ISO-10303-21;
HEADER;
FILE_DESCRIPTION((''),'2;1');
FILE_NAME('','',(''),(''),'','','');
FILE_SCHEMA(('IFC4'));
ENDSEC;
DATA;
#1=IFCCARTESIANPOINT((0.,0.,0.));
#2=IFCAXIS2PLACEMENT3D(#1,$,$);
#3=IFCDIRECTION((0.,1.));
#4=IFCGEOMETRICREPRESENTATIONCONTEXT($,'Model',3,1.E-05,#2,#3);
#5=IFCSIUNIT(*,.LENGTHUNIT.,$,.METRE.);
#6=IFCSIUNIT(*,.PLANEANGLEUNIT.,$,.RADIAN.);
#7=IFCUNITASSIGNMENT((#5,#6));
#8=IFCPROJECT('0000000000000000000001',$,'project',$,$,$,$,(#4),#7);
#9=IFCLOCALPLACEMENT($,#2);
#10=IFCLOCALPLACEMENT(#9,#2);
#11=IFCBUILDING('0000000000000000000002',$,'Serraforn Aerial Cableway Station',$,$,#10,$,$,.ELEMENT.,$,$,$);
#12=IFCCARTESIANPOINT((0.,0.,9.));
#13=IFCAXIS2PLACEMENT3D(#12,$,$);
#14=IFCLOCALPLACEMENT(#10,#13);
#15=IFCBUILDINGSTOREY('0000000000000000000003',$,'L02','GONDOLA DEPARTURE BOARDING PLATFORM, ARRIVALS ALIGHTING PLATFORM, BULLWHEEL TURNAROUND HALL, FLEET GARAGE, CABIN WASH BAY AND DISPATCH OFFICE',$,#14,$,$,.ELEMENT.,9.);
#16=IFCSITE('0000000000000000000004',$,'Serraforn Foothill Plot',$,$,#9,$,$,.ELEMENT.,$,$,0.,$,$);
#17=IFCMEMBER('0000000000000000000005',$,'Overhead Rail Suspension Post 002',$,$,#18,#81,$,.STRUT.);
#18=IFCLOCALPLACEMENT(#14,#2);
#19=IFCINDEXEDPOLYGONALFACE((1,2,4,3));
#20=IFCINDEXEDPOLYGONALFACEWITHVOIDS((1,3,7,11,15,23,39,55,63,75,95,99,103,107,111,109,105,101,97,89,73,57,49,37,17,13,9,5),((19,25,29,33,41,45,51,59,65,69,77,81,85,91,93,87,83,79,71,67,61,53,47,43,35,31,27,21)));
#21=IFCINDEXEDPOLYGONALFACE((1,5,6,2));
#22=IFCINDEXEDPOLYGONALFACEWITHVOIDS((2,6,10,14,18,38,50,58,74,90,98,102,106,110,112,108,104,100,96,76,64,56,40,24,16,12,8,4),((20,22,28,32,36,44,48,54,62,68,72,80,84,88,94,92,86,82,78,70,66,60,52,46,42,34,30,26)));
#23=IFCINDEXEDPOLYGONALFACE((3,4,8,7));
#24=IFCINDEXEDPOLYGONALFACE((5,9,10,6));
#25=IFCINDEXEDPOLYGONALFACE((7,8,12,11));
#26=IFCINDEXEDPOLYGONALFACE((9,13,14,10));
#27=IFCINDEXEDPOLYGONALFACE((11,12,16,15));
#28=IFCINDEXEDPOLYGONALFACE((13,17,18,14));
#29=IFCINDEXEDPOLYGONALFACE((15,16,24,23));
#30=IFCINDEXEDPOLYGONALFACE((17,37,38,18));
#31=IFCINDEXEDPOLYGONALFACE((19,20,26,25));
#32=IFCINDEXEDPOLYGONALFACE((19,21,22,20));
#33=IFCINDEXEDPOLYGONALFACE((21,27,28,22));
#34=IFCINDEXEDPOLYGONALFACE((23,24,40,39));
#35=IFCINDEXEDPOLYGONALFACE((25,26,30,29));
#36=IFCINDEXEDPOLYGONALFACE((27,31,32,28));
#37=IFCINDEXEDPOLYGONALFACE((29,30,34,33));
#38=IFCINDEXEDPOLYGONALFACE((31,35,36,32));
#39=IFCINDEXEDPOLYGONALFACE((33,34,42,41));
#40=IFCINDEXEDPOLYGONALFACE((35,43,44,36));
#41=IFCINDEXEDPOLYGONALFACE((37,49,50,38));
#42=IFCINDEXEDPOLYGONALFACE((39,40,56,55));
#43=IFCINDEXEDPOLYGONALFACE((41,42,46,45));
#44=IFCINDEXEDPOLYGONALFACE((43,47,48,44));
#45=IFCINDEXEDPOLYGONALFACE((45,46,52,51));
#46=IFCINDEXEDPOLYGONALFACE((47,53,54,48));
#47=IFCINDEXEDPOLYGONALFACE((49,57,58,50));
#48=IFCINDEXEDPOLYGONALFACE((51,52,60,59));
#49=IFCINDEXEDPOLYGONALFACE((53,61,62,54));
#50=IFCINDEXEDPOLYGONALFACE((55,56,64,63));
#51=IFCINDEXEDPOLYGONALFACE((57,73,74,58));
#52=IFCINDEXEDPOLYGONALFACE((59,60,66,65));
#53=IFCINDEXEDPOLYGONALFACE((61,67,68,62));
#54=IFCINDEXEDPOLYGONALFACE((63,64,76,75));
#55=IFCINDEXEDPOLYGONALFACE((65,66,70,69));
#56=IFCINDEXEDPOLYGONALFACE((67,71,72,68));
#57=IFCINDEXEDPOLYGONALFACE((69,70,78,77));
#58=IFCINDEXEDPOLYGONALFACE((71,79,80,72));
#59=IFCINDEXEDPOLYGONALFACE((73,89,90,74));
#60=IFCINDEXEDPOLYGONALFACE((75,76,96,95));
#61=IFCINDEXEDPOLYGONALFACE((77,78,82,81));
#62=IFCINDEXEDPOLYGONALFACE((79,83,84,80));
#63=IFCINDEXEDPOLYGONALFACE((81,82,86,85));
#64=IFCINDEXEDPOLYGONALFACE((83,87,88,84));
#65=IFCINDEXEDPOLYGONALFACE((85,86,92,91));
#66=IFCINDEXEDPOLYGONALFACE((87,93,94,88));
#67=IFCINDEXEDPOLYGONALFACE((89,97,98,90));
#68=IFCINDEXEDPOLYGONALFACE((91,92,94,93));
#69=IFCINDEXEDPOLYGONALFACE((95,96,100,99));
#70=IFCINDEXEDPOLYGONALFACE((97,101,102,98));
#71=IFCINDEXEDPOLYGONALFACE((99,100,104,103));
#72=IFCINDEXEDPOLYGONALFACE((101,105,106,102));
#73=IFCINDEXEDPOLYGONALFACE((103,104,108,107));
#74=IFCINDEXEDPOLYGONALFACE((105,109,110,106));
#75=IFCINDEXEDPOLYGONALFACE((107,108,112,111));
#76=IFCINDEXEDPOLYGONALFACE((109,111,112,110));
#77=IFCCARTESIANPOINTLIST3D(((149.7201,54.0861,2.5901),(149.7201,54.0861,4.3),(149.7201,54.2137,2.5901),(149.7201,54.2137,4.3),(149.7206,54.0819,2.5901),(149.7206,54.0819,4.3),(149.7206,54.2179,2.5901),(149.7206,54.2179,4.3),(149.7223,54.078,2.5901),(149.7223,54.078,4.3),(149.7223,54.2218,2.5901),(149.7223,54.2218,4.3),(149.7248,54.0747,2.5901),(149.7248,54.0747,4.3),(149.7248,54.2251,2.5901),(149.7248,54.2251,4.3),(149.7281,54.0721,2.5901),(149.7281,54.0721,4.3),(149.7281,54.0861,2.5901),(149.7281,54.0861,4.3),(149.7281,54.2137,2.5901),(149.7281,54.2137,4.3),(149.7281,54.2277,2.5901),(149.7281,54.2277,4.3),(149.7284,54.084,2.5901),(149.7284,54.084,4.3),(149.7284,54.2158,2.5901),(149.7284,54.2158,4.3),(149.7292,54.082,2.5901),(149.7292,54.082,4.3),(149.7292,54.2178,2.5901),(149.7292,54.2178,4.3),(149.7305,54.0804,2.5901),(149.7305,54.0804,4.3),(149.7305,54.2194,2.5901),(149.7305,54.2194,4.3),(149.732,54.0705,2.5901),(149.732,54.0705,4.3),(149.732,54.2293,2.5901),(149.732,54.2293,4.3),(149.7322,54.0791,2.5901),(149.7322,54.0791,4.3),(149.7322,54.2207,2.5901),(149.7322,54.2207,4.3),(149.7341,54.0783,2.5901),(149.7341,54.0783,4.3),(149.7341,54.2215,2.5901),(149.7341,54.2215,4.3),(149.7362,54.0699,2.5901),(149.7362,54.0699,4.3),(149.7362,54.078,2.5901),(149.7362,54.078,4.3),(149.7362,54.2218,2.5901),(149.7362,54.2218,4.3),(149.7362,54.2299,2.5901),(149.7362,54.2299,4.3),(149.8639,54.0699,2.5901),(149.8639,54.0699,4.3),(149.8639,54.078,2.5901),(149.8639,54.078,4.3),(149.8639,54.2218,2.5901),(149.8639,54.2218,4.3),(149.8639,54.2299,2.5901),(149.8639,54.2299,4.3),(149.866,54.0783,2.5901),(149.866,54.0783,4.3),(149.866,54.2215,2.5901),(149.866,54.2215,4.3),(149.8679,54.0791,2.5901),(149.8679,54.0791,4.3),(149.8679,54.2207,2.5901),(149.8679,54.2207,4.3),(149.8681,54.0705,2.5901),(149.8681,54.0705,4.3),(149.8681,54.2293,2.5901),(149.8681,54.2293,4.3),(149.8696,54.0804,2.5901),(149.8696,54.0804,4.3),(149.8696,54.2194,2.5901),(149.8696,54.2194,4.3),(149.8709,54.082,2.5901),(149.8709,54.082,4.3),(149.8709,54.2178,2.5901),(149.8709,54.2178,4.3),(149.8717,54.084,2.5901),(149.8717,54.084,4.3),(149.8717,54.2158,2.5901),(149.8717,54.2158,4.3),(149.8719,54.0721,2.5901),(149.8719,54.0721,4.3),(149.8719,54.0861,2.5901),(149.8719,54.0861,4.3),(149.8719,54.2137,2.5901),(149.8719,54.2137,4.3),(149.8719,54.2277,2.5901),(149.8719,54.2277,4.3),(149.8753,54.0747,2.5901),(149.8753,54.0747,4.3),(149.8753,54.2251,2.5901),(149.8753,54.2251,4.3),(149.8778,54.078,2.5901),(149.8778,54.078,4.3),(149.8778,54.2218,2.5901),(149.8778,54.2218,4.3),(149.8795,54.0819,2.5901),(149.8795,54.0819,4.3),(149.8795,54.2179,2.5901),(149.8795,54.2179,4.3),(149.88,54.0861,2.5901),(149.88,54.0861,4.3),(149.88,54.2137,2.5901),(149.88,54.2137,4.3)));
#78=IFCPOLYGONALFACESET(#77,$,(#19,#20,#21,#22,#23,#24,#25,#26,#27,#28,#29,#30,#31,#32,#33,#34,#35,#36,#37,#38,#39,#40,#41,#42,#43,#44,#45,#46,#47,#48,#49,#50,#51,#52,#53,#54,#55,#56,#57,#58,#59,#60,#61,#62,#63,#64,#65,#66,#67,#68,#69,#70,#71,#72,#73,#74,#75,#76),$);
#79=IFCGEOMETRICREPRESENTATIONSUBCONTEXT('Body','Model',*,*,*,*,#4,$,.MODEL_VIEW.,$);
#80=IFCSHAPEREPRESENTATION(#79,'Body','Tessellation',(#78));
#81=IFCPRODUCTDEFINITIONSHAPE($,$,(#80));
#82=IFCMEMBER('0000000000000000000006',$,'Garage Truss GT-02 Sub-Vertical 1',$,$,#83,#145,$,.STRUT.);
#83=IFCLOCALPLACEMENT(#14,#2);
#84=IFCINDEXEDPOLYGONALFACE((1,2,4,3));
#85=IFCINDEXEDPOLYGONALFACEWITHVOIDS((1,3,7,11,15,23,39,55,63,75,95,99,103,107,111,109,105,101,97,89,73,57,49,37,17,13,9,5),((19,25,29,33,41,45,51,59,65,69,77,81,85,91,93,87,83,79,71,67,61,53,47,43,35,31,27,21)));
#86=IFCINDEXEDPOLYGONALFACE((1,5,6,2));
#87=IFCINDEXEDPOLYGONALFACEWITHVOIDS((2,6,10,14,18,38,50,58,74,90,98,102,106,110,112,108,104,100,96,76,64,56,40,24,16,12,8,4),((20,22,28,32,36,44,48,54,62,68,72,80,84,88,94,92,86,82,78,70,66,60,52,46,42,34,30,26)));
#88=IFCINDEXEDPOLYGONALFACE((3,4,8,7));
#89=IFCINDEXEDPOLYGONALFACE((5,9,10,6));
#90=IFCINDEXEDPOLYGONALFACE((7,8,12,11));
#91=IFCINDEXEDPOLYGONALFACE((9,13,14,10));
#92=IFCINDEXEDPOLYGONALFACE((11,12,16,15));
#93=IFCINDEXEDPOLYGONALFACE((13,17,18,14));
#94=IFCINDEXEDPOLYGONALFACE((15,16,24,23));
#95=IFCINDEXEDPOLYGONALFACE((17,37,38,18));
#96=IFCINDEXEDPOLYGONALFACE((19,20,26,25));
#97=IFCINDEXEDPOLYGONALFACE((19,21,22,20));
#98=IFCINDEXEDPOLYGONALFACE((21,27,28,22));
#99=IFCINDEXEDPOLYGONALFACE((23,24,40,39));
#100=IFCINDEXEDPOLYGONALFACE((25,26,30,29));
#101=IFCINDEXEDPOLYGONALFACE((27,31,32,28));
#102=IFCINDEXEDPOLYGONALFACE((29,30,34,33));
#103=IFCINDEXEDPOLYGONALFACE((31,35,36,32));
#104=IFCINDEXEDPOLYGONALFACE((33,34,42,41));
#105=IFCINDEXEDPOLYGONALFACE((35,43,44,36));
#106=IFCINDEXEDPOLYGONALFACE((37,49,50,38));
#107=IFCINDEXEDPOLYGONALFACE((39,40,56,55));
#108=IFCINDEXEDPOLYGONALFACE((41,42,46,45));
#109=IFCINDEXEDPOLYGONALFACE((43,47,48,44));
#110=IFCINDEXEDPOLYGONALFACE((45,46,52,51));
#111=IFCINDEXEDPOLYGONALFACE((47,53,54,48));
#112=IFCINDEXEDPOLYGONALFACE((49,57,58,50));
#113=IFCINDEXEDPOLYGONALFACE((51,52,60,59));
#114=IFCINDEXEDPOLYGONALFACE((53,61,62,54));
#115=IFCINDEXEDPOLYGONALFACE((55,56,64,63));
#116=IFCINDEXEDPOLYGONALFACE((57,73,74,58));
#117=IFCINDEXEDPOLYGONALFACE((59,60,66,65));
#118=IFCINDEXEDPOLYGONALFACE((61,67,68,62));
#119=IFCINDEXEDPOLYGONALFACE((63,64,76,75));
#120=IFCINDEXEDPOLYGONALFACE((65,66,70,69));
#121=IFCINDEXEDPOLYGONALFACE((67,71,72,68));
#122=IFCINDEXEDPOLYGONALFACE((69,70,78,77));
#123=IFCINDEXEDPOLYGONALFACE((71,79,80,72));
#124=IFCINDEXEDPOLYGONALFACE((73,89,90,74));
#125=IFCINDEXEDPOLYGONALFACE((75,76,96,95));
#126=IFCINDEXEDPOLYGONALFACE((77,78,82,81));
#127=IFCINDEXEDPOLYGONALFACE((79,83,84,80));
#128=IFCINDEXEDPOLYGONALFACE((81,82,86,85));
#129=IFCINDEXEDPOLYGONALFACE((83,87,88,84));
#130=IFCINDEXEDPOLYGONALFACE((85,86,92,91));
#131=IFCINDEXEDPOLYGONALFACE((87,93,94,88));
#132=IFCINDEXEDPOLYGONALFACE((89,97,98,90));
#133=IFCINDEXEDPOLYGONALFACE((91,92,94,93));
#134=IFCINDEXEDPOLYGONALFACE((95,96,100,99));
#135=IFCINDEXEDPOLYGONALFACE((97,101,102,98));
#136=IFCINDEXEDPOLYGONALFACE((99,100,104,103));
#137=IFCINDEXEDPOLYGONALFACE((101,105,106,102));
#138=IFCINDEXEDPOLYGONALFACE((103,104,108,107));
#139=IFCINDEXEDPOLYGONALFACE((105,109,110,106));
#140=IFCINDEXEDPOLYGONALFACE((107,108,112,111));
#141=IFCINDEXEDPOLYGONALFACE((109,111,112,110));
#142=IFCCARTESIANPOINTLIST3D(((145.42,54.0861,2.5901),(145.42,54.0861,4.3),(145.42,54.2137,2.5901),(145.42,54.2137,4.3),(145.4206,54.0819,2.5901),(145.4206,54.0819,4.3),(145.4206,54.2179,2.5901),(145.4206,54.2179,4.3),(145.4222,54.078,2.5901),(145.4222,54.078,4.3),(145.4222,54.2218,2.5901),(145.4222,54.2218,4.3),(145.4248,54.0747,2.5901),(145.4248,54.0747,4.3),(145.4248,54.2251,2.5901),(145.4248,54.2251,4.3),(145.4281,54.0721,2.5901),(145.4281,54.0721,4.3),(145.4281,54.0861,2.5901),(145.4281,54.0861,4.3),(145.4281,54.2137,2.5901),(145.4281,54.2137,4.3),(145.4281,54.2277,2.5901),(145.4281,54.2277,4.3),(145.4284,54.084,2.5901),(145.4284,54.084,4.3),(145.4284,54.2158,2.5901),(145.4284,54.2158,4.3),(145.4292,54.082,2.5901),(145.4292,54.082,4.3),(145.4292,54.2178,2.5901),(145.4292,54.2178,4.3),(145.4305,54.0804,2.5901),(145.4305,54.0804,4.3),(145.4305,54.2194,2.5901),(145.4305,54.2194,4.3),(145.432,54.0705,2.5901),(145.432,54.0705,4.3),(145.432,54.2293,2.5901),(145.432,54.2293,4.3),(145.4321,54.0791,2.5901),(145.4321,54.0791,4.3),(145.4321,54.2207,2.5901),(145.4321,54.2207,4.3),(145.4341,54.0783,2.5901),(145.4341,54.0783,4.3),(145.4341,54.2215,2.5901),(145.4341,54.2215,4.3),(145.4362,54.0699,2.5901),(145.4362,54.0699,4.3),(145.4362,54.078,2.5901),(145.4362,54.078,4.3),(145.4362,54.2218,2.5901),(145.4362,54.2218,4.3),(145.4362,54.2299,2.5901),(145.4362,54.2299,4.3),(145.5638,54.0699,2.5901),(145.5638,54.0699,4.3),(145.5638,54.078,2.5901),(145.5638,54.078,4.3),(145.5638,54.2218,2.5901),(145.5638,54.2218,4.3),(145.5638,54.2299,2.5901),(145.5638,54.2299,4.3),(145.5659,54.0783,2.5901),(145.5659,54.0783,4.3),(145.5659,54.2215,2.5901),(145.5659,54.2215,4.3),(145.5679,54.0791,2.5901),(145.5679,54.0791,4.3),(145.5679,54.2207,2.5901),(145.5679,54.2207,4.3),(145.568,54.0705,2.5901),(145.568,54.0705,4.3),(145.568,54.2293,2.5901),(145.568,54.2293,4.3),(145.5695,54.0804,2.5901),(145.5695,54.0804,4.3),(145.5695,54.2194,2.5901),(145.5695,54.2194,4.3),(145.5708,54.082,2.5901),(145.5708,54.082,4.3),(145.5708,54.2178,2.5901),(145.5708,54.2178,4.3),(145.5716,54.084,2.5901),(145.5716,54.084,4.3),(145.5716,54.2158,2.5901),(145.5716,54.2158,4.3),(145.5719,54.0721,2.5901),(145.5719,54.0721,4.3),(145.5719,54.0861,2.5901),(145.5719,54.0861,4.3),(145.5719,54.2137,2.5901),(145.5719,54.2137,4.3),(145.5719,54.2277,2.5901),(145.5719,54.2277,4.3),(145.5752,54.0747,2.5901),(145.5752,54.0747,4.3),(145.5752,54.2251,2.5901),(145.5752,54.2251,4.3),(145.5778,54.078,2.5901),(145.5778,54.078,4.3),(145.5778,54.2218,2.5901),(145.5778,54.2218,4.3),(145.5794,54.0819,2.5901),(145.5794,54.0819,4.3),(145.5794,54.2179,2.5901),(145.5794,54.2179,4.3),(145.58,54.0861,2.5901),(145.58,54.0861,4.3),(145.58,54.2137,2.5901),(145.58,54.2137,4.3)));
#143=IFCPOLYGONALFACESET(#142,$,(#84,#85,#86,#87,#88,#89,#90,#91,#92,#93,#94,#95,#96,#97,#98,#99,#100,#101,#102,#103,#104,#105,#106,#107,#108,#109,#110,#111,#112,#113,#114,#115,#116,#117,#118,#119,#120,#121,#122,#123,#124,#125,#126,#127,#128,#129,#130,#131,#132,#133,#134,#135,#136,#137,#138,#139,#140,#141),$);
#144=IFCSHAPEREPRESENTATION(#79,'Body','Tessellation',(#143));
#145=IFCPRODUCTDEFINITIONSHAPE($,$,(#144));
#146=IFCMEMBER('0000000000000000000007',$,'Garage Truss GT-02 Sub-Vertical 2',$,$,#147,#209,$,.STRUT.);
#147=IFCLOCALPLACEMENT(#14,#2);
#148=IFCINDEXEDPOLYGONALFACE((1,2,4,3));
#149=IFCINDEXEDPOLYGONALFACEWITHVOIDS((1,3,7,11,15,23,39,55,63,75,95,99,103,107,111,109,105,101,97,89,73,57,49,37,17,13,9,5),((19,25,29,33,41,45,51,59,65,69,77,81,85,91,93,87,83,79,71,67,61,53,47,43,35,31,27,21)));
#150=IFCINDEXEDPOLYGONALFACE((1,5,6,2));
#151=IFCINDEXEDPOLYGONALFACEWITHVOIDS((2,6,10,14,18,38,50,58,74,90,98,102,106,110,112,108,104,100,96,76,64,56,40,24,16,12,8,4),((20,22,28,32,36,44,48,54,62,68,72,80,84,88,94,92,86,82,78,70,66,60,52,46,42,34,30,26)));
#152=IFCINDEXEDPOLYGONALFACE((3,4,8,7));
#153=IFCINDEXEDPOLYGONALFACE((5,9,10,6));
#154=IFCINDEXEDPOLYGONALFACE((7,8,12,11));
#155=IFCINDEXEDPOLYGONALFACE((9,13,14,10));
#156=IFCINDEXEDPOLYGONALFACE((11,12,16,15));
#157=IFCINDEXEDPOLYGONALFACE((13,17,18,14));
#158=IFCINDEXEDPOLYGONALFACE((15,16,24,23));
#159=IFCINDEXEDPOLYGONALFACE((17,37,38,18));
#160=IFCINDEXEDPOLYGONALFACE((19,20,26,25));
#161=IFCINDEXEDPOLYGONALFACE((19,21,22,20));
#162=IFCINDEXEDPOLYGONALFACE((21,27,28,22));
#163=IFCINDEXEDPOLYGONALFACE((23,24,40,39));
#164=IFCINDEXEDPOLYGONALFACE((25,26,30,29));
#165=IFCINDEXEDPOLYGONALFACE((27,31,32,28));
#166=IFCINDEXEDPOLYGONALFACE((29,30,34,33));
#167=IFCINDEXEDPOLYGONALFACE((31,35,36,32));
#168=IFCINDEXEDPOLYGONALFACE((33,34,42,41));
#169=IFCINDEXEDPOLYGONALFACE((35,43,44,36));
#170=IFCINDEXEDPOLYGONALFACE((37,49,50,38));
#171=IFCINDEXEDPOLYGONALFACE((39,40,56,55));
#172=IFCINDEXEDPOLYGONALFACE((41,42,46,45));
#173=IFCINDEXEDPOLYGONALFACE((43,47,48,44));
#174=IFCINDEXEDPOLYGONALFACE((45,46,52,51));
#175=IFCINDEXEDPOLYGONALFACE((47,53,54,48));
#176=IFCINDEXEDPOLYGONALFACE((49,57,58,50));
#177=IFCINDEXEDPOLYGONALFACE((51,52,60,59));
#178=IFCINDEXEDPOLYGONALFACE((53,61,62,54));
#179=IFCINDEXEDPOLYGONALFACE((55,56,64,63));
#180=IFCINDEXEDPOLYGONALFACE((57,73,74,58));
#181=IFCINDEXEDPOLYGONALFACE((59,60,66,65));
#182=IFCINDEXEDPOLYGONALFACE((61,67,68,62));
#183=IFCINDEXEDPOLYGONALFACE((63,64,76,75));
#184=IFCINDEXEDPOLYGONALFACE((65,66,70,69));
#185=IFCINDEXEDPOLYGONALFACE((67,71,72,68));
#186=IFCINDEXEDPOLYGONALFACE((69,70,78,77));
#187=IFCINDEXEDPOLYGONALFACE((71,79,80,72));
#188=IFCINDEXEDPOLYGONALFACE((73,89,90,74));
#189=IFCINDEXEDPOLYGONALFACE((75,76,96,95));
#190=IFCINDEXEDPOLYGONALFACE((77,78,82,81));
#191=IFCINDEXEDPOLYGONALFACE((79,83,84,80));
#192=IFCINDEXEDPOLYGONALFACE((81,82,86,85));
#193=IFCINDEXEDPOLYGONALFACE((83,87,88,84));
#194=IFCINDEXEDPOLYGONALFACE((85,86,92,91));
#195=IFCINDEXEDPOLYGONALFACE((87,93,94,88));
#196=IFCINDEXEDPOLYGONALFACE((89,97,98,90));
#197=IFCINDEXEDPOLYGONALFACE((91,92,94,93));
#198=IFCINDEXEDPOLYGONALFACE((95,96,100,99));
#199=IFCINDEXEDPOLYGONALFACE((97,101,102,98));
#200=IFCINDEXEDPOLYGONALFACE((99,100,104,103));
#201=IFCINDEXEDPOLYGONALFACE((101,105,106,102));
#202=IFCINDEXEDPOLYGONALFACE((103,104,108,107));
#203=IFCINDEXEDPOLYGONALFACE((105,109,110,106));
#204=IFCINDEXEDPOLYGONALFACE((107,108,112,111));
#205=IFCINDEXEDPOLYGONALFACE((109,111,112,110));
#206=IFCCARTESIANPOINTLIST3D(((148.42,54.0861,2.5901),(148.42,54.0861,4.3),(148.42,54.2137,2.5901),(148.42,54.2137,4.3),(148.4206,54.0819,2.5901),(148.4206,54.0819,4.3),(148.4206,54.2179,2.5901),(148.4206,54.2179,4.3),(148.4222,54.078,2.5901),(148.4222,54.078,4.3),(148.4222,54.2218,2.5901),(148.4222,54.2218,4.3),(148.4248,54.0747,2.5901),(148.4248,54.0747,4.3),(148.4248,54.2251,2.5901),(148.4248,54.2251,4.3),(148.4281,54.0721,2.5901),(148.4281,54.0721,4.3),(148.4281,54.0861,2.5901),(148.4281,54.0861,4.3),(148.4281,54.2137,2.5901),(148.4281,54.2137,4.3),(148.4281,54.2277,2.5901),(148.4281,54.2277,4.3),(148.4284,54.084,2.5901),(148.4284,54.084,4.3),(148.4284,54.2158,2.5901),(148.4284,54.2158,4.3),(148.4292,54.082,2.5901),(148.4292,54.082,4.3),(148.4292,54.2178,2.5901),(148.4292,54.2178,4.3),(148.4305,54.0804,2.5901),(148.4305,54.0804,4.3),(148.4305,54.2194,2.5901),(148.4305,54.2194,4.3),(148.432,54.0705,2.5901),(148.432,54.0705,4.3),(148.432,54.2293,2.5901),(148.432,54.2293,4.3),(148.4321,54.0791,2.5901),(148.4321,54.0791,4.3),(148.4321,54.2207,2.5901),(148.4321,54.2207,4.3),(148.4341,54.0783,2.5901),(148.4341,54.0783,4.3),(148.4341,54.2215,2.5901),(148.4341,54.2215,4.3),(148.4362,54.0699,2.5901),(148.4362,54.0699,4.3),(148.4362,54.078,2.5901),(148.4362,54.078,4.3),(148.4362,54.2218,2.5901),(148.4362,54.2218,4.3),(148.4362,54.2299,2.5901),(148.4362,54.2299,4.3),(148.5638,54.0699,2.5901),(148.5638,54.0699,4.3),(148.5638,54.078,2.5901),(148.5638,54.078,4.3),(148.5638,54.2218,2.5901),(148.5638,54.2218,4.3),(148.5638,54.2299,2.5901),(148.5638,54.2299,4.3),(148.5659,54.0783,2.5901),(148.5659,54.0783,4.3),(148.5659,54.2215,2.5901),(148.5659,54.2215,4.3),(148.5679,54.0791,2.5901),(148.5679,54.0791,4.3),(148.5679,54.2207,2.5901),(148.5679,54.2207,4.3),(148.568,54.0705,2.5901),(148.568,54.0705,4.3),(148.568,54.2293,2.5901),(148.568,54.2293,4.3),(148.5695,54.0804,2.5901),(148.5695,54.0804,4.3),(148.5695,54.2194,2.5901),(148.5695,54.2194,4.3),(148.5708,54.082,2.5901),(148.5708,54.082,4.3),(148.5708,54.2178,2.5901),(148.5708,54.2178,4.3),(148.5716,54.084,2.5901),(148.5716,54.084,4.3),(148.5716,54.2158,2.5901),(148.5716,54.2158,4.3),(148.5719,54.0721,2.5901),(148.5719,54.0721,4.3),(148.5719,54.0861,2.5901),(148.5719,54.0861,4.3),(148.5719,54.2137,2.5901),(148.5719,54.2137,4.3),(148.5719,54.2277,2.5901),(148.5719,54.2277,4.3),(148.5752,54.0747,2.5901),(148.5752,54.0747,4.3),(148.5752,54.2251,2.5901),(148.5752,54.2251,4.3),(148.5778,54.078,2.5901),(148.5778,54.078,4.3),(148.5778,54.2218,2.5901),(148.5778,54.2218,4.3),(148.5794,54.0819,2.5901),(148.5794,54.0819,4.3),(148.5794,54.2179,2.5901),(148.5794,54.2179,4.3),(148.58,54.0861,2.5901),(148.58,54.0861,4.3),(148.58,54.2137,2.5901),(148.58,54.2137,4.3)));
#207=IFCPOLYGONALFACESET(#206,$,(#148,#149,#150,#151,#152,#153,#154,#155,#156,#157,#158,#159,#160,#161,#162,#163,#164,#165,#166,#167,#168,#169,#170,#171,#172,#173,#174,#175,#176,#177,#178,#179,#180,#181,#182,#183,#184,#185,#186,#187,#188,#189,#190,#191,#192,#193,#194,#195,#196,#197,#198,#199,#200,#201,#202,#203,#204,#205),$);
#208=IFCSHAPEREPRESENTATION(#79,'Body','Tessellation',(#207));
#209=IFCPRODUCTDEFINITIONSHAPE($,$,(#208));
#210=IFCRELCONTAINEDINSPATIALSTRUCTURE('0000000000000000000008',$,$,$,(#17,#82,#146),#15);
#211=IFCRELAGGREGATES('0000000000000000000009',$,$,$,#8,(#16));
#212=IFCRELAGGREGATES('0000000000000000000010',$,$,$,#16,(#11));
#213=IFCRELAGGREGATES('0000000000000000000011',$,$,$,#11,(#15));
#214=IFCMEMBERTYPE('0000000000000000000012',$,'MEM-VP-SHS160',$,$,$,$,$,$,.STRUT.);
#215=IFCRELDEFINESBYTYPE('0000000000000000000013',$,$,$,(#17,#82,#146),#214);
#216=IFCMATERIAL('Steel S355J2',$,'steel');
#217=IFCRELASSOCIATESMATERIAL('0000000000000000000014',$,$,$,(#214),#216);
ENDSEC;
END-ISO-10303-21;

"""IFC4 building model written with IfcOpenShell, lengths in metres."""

from ifc_helpers import new_model, si_unit, direction, frame, origin, origin_2d, place, context, subcontext, project, spatial, hollow_rectangle, extrude, material, material_profile, profile_set, type_object, element, save


model = new_model("IFC4")

# Units and contexts
model_context = context("Model", 3, precision=1e-05, world=origin(), true_north=direction((0.0, 1.0)))
body_context = subcontext(model_context, "Body", "Model", "MODEL_VIEW")
ifc_project = project(units=[si_unit("LENGTHUNIT", "METRE"), si_unit("PLANEANGLEUNIT", "RADIAN")], contexts=[model_context])

# Site, building, storey
site_placement = place(None, origin())
site = spatial("IfcSite", under=ifc_project, at=site_placement, Name="Serraforn Foothill Plot", CompositionType="ELEMENT", RefElevation=0.0)
building_placement = place(site_placement, origin())
building = spatial("IfcBuilding", under=site, at=building_placement, Name="Serraforn Aerial Cableway Station", CompositionType="ELEMENT")
storey_placement = place(building_placement, frame((0.0, 0.0, 9.0)))
storey = spatial("IfcBuildingStorey", under=building, at=storey_placement, Name="L02", Description="GONDOLA DEPARTURE BOARDING PLATFORM, ARRIVALS ALIGHTING PLATFORM, BULLWHEEL TURNAROUND HALL, FLEET GARAGE, CABIN WASH BAY AND DISPATCH OFFICE", CompositionType="ELEMENT", Elevation=9.0)

# Shared definitions
ifc_material_1 = material(Name="Steel S355J2", Category="steel")

# Members
ifc_material_profile_1 = material_profile(ifc_material_1, hollow_rectangle(XDim=0.1599, YDim=0.1599, WallThickness=0.0081, InnerFilletRadius=0.0081, OuterFilletRadius=0.0161, at=origin_2d()), Name="SHS 160x160x8.0")
ifc_profile_set_1 = profile_set([ifc_material_profile_1], Name="Steel S355J2")
member_type_1 = type_object("IfcMemberType", Name="MEM-VP-SHS160", PredefinedType="STRUT", material=ifc_profile_set_1)
for number, where, z_axis, x_axis, name in (
    (1, (149.8, 54.1499, 2.5901), (0.0, 0.0, 1.0), (1.0, 0.0, 0.0), "Overhead Rail Suspension Post 002"),
    (2, (145.5, 54.1499, 2.5901), (0.0, 0.0, 1.0), (1.0, 0.0, 0.0), "Garage Truss GT-02 Sub-Vertical 1"),
    (3, (148.5, 54.1499, 2.5901), (0.0, 0.0, 1.0), (1.0, 0.0, 0.0), "Garage Truss GT-02 Sub-Vertical 2"),
):
    element("IfcMember", number, at=place(storey_placement, frame(where, z_axis=z_axis, x_axis=x_axis)), inside=storey, type_object=member_type_1, Name=name, PredefinedType="STRUT", context=body_context, shape_type="SweptSolid", body=[
        extrude(hollow_rectangle(XDim=0.1599, YDim=0.1599, WallThickness=0.0081, InnerFilletRadius=0.0081, OuterFilletRadius=0.0161, at=origin_2d()), origin(), (0.0, 0.0, 1.0), 1.71),
    ])

save(model, "model.ifc")
